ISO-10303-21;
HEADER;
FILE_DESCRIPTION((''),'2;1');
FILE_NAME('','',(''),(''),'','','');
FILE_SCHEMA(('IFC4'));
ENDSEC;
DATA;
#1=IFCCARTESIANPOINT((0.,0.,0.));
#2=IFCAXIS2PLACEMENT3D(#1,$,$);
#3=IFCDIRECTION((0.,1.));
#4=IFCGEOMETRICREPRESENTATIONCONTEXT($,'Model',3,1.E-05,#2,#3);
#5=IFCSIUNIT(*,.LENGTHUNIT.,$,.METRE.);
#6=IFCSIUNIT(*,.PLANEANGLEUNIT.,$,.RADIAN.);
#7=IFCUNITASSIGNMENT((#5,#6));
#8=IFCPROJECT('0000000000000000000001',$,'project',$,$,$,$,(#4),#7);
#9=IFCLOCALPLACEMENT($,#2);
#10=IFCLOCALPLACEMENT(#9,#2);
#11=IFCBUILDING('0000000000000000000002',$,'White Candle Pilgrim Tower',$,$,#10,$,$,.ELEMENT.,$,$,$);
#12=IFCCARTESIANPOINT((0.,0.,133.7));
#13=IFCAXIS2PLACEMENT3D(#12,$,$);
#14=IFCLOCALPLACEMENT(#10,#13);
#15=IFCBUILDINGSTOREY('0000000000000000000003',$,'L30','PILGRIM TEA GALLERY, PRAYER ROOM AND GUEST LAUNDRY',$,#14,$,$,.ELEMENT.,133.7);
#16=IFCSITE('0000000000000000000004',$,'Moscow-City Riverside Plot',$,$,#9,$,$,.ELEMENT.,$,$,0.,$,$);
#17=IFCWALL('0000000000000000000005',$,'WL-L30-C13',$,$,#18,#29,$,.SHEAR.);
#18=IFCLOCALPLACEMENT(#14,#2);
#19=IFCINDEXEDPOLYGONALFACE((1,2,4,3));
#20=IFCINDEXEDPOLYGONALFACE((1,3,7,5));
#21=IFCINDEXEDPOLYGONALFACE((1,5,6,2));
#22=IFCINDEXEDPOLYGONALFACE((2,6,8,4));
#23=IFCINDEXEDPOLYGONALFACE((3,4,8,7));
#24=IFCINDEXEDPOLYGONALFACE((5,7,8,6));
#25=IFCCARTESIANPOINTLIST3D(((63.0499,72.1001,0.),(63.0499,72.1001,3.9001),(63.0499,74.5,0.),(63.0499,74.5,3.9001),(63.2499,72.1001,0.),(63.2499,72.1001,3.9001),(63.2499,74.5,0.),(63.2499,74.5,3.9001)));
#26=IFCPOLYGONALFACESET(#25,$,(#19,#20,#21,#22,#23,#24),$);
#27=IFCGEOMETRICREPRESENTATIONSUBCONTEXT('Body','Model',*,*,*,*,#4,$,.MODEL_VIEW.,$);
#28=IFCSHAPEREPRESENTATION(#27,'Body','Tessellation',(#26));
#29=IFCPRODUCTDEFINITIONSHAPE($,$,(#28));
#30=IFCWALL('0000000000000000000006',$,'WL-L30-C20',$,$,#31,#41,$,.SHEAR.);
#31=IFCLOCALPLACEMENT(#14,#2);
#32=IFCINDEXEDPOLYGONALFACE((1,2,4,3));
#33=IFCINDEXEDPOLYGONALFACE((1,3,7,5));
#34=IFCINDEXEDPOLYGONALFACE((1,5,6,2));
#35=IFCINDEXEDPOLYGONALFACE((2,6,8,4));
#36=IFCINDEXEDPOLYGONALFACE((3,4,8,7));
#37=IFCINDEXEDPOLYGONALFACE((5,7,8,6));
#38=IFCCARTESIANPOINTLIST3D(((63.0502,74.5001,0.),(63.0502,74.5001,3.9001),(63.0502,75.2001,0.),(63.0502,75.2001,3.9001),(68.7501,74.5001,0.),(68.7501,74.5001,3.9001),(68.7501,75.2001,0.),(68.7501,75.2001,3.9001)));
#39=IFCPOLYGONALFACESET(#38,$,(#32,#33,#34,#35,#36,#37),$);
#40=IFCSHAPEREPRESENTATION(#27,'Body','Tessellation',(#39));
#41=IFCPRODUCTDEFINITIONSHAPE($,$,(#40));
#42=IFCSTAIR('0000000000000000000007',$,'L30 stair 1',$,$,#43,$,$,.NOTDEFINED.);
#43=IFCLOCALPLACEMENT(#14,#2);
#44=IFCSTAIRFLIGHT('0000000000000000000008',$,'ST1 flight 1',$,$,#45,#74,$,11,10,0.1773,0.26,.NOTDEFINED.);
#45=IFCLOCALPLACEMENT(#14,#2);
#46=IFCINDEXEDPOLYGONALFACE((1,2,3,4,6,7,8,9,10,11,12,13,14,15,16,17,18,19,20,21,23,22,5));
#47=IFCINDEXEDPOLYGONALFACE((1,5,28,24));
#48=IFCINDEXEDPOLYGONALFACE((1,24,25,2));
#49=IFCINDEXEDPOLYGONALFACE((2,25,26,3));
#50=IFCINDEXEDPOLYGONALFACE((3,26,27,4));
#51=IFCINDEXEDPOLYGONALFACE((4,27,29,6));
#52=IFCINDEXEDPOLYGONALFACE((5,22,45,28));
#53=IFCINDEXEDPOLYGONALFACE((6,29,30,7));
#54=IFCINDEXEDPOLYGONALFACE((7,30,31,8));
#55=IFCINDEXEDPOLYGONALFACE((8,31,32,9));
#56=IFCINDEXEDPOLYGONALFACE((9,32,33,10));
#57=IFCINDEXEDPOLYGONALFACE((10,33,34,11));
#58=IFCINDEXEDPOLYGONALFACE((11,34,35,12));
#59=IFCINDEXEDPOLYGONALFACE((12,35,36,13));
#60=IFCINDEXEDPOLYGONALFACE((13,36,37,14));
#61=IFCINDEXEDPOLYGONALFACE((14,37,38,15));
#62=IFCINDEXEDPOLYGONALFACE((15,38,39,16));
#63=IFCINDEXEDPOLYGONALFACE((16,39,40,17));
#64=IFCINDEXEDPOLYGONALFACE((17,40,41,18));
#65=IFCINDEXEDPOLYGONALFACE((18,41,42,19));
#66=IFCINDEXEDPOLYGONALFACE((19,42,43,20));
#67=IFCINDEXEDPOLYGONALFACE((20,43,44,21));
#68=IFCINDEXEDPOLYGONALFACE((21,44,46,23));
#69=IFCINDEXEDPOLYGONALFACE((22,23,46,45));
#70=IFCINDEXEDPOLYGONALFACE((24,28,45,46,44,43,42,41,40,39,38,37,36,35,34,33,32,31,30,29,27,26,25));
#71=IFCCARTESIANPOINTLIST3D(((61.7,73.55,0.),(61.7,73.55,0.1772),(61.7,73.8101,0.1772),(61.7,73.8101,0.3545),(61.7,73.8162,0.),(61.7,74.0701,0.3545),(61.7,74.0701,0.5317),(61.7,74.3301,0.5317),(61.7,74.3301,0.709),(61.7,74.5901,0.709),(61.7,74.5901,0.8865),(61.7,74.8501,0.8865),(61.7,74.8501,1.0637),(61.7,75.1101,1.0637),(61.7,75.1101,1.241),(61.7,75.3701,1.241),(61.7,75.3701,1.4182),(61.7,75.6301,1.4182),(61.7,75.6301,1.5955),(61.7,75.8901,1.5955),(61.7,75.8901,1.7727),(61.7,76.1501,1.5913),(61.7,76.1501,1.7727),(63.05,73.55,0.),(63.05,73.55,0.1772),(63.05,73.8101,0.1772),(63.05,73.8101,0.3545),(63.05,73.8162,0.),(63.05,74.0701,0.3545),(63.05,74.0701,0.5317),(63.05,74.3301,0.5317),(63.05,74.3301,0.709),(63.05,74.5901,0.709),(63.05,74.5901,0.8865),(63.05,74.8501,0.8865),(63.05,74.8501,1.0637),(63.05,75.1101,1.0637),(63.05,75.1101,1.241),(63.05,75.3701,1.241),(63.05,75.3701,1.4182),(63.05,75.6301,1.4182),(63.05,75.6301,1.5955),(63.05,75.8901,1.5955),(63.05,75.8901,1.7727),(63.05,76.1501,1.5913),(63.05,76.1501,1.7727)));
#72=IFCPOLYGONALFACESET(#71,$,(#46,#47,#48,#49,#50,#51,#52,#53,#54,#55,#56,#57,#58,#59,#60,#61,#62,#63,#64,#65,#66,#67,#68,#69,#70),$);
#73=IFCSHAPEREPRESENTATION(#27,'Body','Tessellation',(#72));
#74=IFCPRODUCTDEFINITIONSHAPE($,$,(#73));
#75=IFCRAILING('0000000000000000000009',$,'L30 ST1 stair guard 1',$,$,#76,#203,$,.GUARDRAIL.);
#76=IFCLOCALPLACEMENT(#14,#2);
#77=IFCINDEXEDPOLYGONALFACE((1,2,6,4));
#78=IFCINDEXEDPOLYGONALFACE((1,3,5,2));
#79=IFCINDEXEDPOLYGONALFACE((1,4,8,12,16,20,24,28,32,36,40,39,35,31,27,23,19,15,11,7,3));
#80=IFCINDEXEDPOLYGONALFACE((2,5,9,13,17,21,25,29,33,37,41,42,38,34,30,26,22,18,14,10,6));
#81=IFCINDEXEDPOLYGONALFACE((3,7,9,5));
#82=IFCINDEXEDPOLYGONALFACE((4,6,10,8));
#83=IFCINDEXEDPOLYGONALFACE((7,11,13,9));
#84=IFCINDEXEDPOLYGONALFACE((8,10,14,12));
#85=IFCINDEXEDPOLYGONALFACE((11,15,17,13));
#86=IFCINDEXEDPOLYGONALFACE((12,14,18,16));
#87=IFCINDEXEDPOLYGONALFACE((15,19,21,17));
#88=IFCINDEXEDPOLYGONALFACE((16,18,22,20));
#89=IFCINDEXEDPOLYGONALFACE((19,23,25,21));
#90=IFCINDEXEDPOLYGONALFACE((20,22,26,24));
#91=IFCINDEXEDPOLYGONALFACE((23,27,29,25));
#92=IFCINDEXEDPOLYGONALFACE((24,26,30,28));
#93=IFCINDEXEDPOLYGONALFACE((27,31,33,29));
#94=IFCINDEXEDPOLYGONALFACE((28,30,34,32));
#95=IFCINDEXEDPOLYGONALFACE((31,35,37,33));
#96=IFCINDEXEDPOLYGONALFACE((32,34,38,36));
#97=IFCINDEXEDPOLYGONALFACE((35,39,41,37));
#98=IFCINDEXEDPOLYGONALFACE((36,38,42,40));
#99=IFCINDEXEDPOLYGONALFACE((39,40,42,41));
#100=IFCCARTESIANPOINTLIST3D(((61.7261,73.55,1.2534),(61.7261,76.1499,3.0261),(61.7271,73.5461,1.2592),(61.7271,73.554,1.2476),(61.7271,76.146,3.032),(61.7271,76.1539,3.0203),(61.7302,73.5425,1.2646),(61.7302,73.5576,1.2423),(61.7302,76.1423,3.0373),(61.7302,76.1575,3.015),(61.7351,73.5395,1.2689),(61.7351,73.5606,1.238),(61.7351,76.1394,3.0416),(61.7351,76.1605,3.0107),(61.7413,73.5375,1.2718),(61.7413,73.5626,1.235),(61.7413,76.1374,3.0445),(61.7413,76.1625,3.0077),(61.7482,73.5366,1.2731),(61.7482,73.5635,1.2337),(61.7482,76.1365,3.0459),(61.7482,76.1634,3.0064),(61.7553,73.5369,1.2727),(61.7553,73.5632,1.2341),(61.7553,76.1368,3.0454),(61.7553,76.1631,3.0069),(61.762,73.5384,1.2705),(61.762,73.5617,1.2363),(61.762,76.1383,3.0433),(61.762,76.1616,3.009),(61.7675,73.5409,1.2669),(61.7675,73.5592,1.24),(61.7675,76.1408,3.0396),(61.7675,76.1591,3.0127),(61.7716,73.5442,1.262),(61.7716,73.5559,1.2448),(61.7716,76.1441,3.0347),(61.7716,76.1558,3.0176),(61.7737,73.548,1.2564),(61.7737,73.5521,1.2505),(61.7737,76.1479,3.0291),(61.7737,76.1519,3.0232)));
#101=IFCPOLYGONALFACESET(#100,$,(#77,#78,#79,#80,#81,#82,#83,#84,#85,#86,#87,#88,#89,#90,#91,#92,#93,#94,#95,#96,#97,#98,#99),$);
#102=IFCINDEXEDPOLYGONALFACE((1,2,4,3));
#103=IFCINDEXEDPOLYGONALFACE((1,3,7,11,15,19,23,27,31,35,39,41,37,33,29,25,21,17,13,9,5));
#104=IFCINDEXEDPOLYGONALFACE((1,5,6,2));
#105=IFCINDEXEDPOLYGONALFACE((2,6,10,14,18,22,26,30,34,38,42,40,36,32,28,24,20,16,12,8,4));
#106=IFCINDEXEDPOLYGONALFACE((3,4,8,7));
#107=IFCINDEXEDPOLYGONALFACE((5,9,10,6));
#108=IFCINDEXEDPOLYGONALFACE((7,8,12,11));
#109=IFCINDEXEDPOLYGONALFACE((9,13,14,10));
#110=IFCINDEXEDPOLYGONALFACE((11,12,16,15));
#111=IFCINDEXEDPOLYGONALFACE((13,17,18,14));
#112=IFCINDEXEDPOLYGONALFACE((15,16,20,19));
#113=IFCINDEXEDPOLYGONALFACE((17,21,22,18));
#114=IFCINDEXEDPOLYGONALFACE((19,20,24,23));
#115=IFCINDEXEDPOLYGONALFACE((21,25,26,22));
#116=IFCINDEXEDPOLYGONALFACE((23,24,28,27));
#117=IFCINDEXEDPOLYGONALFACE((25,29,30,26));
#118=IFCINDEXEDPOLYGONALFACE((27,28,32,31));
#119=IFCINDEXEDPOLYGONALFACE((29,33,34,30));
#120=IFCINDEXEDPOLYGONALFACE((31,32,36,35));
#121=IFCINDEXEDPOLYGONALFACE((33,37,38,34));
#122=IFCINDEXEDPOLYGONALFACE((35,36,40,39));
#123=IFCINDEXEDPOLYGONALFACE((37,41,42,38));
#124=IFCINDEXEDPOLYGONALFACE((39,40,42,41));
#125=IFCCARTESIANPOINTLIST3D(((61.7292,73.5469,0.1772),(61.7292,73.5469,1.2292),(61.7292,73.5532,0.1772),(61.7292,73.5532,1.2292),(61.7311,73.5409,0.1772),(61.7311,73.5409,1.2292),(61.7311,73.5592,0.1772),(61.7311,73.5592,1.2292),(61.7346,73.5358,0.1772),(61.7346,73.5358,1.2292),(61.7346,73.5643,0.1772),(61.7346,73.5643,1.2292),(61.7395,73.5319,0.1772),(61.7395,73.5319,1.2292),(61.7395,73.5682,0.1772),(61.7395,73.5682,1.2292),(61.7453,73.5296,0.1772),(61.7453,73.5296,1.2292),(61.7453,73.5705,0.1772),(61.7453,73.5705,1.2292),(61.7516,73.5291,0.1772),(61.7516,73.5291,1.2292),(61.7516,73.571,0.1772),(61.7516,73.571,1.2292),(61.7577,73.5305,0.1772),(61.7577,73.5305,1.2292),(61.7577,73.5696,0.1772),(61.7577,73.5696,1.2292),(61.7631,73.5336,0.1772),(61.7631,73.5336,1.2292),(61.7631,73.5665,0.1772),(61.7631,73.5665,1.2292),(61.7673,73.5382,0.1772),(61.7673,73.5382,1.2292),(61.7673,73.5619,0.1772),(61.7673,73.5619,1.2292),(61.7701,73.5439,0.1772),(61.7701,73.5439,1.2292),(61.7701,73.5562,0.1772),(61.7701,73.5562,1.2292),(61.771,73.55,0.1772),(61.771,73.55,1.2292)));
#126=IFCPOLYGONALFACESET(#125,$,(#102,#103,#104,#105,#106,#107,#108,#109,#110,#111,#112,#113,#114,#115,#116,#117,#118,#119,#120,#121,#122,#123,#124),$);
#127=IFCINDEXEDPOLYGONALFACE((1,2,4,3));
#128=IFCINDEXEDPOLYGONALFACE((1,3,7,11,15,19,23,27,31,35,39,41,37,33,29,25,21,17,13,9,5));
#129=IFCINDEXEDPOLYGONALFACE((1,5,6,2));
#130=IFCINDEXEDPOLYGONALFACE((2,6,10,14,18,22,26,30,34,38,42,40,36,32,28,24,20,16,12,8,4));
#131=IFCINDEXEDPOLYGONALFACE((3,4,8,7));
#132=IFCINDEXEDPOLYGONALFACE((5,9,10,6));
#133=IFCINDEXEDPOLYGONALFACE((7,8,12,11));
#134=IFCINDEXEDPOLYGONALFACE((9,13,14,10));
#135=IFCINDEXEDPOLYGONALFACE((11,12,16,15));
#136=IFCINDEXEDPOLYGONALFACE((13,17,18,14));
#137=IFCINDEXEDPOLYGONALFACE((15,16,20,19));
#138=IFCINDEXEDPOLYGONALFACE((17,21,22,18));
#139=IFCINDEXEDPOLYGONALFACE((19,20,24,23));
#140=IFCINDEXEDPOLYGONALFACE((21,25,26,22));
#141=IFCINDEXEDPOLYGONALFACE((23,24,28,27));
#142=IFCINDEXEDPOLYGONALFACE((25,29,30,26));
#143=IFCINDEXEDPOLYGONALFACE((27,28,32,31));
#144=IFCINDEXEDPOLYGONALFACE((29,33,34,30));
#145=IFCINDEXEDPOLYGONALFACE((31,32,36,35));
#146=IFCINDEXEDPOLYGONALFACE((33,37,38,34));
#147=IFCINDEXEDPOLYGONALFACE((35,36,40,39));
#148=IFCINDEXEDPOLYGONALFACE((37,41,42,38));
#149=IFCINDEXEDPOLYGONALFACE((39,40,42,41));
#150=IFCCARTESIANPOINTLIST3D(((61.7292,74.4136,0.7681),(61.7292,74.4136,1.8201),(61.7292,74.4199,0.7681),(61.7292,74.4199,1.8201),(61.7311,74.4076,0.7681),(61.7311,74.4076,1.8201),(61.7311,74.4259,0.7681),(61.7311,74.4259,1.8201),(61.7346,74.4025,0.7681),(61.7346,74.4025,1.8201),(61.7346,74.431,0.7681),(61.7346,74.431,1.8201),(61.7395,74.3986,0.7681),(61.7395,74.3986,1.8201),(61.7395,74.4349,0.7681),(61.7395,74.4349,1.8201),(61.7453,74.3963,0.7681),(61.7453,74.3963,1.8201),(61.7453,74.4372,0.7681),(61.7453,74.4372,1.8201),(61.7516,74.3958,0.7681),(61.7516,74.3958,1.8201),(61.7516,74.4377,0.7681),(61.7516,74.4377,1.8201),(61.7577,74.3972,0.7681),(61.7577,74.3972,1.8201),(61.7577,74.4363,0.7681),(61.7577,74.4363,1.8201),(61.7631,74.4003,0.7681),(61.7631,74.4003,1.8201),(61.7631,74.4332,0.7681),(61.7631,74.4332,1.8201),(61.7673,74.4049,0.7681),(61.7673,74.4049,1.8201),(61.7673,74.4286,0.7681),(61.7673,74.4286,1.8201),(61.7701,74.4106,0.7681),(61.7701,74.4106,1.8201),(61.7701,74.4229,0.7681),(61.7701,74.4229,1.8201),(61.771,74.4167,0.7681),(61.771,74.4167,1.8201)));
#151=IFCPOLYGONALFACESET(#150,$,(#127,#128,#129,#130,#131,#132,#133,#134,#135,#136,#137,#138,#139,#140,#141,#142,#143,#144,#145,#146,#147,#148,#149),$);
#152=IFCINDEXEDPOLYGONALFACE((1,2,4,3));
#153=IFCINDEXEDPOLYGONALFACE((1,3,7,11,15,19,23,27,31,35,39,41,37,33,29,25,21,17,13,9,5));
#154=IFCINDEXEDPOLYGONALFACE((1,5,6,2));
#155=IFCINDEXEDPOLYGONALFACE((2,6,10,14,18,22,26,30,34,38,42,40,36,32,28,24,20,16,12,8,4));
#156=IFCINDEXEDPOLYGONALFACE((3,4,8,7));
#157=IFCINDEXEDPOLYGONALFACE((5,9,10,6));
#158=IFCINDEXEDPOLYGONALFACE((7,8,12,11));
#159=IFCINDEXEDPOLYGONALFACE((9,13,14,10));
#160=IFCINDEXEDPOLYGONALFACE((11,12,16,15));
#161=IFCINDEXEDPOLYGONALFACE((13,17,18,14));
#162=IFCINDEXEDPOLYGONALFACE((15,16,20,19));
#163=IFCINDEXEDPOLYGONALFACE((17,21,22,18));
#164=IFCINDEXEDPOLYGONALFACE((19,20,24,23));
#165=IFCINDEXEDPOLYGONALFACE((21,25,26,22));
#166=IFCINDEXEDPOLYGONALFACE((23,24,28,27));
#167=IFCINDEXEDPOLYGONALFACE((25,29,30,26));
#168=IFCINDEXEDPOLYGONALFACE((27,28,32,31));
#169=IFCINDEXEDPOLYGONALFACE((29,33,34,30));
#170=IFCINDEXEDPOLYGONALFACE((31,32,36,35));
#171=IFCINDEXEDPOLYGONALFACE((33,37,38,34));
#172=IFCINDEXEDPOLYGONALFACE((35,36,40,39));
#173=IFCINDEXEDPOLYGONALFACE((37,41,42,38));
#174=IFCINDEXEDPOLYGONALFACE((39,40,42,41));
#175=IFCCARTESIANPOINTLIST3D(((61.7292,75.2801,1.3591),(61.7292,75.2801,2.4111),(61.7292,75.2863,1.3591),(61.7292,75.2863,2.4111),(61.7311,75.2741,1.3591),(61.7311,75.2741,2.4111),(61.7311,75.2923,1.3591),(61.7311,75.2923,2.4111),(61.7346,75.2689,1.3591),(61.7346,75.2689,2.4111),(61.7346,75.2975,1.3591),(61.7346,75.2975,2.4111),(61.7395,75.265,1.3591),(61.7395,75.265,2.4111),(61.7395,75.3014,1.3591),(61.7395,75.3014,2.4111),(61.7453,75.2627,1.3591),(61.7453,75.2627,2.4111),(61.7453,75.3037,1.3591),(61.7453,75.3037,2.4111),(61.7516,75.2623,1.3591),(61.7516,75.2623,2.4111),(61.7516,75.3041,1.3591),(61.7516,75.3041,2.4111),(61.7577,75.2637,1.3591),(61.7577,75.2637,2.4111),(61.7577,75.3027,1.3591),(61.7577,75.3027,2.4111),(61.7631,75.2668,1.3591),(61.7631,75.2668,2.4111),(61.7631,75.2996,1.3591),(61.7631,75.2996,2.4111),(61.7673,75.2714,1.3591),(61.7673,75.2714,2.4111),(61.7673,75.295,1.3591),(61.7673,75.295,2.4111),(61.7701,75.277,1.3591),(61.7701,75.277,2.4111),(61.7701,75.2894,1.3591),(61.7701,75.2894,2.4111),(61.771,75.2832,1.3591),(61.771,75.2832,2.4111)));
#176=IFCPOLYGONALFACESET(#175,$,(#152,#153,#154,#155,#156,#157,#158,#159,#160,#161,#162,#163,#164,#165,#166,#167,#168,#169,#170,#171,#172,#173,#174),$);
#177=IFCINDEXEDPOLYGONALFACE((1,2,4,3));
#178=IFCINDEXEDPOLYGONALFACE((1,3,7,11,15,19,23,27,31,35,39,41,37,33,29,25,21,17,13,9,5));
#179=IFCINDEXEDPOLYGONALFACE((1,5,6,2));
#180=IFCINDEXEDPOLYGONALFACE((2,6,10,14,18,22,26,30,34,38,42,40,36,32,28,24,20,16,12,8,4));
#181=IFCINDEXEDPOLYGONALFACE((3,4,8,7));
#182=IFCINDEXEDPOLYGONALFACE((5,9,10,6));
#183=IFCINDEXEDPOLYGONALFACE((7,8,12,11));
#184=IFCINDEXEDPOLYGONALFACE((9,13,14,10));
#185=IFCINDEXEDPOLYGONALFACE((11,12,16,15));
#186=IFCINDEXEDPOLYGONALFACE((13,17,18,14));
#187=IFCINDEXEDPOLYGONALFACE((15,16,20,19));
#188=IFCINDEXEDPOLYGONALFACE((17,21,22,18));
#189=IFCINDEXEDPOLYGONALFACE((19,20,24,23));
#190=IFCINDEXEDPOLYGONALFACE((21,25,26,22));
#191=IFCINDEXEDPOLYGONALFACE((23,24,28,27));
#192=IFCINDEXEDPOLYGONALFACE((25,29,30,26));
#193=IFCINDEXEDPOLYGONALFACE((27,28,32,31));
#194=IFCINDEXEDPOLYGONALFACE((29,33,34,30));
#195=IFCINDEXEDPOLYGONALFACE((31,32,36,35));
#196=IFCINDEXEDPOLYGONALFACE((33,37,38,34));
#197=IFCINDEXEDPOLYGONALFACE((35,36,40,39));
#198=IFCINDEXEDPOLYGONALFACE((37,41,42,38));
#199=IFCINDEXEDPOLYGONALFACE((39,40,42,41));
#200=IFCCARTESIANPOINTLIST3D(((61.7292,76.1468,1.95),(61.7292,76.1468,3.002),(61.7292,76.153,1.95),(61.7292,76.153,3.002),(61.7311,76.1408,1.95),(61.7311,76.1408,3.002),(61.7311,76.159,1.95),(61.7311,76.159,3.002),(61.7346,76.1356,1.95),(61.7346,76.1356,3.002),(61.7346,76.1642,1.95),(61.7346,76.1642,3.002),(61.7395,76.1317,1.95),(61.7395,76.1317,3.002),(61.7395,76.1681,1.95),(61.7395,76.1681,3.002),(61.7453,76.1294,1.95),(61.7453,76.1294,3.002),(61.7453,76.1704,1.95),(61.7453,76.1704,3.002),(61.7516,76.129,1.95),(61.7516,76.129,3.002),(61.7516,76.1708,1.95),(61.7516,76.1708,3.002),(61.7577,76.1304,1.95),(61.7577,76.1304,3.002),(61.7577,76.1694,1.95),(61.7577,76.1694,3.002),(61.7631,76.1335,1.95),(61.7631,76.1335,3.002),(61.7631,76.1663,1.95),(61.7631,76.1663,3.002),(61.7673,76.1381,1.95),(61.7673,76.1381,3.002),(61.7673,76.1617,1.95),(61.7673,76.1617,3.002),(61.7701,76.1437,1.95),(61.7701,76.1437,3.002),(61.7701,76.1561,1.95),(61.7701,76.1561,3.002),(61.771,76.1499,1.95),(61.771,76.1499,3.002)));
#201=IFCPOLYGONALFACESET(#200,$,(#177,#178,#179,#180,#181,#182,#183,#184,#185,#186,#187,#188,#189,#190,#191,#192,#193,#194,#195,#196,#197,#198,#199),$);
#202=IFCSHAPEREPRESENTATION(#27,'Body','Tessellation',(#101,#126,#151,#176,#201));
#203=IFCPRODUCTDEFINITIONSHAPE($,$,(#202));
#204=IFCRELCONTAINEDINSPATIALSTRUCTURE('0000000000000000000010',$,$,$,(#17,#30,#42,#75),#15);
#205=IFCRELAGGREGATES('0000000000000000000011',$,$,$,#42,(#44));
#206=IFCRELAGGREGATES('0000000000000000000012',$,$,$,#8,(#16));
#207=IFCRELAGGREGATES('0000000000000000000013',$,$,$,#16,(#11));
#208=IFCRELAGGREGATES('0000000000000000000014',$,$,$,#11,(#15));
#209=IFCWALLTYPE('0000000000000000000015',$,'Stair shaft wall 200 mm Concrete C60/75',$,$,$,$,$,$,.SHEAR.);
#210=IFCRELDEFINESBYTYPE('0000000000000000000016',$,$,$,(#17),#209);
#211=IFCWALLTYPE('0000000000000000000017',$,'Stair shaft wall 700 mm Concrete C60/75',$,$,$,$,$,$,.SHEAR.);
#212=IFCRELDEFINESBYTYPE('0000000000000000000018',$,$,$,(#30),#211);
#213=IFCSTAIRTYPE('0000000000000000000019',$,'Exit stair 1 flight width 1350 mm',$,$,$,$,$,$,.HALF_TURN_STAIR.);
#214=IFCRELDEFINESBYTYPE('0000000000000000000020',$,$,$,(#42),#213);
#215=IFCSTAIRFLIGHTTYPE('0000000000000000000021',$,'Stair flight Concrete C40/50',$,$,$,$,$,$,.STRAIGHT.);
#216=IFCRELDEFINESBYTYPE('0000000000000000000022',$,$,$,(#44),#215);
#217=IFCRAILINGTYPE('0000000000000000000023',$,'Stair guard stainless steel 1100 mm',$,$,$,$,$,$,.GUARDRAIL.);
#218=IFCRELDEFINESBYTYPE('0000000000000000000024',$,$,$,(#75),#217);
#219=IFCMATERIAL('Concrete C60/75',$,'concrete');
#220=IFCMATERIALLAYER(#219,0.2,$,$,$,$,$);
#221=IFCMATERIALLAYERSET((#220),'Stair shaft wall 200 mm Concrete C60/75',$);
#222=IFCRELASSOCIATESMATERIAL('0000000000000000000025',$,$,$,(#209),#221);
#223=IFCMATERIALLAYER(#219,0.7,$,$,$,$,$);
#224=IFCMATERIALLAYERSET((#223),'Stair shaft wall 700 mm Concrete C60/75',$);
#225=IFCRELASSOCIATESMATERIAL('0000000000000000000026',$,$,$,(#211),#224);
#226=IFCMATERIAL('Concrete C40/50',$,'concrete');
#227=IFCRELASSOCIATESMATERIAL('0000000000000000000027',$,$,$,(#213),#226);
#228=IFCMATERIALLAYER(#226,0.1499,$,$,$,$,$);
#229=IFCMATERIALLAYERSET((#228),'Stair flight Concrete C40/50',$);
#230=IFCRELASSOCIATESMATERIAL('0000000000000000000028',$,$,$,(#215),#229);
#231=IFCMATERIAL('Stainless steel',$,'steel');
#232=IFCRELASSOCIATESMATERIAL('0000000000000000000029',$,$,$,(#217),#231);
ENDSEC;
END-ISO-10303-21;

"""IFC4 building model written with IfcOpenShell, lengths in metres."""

from ifc_helpers import new_model, si_unit, direction, frame, frame_2d, origin, origin_2d, place, context, subcontext, project, spatial, polyline, rectangle, circle, outline, extrude, material, layer, layer_set, type_object, element, aggregate, save


model = new_model("IFC4")

# Units and contexts
model_context = context("Model", 3, precision=1e-05, world=origin(), true_north=direction((0.0, 1.0)))
body_context = subcontext(model_context, "Body", "Model", "MODEL_VIEW")
ifc_project = project(units=[si_unit("LENGTHUNIT", "METRE"), si_unit("PLANEANGLEUNIT", "RADIAN")], contexts=[model_context])

# Site, building, storey
site_placement = place(None, origin())
site = spatial("IfcSite", under=ifc_project, at=site_placement, Name="Moscow-City Riverside Plot", CompositionType="ELEMENT", RefElevation=0.0)
building_placement = place(site_placement, origin())
building = spatial("IfcBuilding", under=site, at=building_placement, Name="White Candle Pilgrim Tower", CompositionType="ELEMENT")
storey_placement = place(building_placement, frame((0.0, 0.0, 133.7)))
storey = spatial("IfcBuildingStorey", under=building, at=storey_placement, Name="L30", Description="PILGRIM TEA GALLERY, PRAYER ROOM AND GUEST LAUNDRY", CompositionType="ELEMENT", Elevation=133.7)

# Shared definitions
ifc_material_1 = material(Name="Concrete C60/75", Category="concrete")

# Shared definitions
ifc_material_2 = material(Name="Stainless steel", Category="steel")

# Walls
ifc_layer_1 = layer(ifc_material_1, 0.2)
ifc_layer_set_1 = layer_set([ifc_layer_1], Name="Stair shaft wall 200 mm Concrete C60/75")
wall_type_1 = type_object("IfcWallType", Name="Stair shaft wall 200 mm Concrete C60/75", PredefinedType="SHEAR", material=ifc_layer_set_1)
wall_1_placement = place(storey_placement, frame((63.1499, 72.1001, 0.0), z_axis=(0.0, 0.0, 1.0), x_axis=(0.0, 1.0, 0.0)))
element("IfcWall", 1, at=wall_1_placement, inside=storey, type_object=wall_type_1, Name="WL-L30-C13", PredefinedType="SHEAR", context=body_context, shape_type="SweptSolid", body=[
    extrude(rectangle(XDim=2.3999, YDim=0.2, at=frame_2d((1.2, 0.0))), origin(), (0.0, 0.0, 1.0), 3.9001),
])
ifc_layer_2 = layer(ifc_material_1, 0.7)
ifc_layer_set_2 = layer_set([ifc_layer_2], Name="Stair shaft wall 700 mm Concrete C60/75")
wall_type_2 = type_object("IfcWallType", Name="Stair shaft wall 700 mm Concrete C60/75", PredefinedType="SHEAR", material=ifc_layer_set_2)
wall_2_placement = place(storey_placement, frame((63.05, 74.8501, 0.0), z_axis=(0.0, 0.0, 1.0), x_axis=(1.0, 0.0, 0.0)))
element("IfcWall", 2, at=wall_2_placement, inside=storey, type_object=wall_type_2, Name="WL-L30-C20", PredefinedType="SHEAR", context=body_context, shape_type="SweptSolid", body=[
    extrude(rectangle(XDim=5.7, YDim=0.7, at=frame_2d((2.8501, 0.0))), origin(), (0.0, 0.0, 1.0), 3.9001),
])

# Stair, stair flight
ifc_material_3 = material(Name="Concrete C40/50", Category="concrete")
stair_type = type_object("IfcStairType", Name="Exit stair 1 flight width 1350 mm", PredefinedType="HALF_TURN_STAIR", material=ifc_material_3)
stair_placement = place(storey_placement, origin())
stair = element("IfcStair", 3, at=stair_placement, inside=storey, type_object=stair_type, Name="L30 stair 1", PredefinedType="NOTDEFINED")
ifc_layer_3 = layer(ifc_material_3, 0.1499)
ifc_layer_set_3 = layer_set([ifc_layer_3], Name="Stair flight Concrete C40/50")
stair_flight_type = type_object("IfcStairFlightType", Name="Stair flight Concrete C40/50", PredefinedType="STRAIGHT", material=ifc_layer_set_3)
stair_flight_placement = place(storey_placement, frame((62.375, 73.55, 0.0), z_axis=(0.0, 0.0, 1.0), x_axis=(0.0, 1.0, 0.0)))
stair_flight = element("IfcStairFlight", 4, at=stair_flight_placement, type_object=stair_flight_type, Name="ST1 flight 1", NumberOfRisers=11, NumberOfTreads=10, PredefinedType="NOTDEFINED", RiserHeight=0.1773, TreadLength=0.26, context=body_context, shape_type="SweptSolid", body=[
    extrude(outline(polyline([(0.0, 0.0), (0.0, 0.1772), (0.26, 0.1772), (0.26, 0.3545), (0.52, 0.3545), (0.52, 0.5317), (0.78, 0.5317), (0.78, 0.709), (1.04, 0.709), (1.04, 0.8865), (1.3, 0.8865), (1.3, 1.0637), (1.5601, 1.0637), (1.5601, 1.241), (1.8201, 1.241), (1.8201, 1.4182), (2.0801, 1.4182), (2.0801, 1.5955), (2.3401, 1.5955), (2.3401, 1.7727), (2.6001, 1.7727), (2.6001, 1.95), (2.6001, 1.5913), (0.2661, 0.0), (0.0, 0.0)])), frame((0.0, 0.675, 0.0), z_axis=(0.0, -1.0, 0.0), x_axis=(1.0, 0.0, 0.0)), (0.0, 0.0, 1.0), 1.3501),
])
aggregate(stair, [stair_flight])

# Railing
railing_type_1 = type_object("IfcRailingType", Name="Stair guard stainless steel 1100 mm", PredefinedType="GUARDRAIL", material=ifc_material_2)
railing_1_placement = place(storey_placement, frame((61.75, 73.55, 0.1772)))
element("IfcRailing", 5, at=railing_1_placement, inside=storey, type_object=railing_type_1, Name="L30 ST1 stair guard 1", PredefinedType="GUARDRAIL", context=body_context, shape_type="SweptSolid", body=[
    extrude(circle(Radius=0.0239, at=origin_2d()), frame((0.0, 0.0, 1.0762), z_axis=(0.0, 0.826216, 0.563354), x_axis=(-1.0, 0.0, 0.0)), (0.0, 0.0, 1.0), 3.1467),
    extrude(circle(Radius=0.021, at=origin_2d()), origin(), (0.0, 0.0, 1.0), 1.052),
    extrude(circle(Radius=0.021, at=origin_2d()), frame((0.0, 0.8667, 0.5908)), (0.0, 0.0, 1.0), 1.052),
    extrude(circle(Radius=0.021, at=origin_2d()), frame((0.0, 1.7332, 1.1819)), (0.0, 0.0, 1.0), 1.052),
    extrude(circle(Radius=0.021, at=origin_2d()), frame((0.0, 2.5999, 1.7727)), (0.0, 0.0, 1.0), 1.052),
])

save(model, "model.ifc")
